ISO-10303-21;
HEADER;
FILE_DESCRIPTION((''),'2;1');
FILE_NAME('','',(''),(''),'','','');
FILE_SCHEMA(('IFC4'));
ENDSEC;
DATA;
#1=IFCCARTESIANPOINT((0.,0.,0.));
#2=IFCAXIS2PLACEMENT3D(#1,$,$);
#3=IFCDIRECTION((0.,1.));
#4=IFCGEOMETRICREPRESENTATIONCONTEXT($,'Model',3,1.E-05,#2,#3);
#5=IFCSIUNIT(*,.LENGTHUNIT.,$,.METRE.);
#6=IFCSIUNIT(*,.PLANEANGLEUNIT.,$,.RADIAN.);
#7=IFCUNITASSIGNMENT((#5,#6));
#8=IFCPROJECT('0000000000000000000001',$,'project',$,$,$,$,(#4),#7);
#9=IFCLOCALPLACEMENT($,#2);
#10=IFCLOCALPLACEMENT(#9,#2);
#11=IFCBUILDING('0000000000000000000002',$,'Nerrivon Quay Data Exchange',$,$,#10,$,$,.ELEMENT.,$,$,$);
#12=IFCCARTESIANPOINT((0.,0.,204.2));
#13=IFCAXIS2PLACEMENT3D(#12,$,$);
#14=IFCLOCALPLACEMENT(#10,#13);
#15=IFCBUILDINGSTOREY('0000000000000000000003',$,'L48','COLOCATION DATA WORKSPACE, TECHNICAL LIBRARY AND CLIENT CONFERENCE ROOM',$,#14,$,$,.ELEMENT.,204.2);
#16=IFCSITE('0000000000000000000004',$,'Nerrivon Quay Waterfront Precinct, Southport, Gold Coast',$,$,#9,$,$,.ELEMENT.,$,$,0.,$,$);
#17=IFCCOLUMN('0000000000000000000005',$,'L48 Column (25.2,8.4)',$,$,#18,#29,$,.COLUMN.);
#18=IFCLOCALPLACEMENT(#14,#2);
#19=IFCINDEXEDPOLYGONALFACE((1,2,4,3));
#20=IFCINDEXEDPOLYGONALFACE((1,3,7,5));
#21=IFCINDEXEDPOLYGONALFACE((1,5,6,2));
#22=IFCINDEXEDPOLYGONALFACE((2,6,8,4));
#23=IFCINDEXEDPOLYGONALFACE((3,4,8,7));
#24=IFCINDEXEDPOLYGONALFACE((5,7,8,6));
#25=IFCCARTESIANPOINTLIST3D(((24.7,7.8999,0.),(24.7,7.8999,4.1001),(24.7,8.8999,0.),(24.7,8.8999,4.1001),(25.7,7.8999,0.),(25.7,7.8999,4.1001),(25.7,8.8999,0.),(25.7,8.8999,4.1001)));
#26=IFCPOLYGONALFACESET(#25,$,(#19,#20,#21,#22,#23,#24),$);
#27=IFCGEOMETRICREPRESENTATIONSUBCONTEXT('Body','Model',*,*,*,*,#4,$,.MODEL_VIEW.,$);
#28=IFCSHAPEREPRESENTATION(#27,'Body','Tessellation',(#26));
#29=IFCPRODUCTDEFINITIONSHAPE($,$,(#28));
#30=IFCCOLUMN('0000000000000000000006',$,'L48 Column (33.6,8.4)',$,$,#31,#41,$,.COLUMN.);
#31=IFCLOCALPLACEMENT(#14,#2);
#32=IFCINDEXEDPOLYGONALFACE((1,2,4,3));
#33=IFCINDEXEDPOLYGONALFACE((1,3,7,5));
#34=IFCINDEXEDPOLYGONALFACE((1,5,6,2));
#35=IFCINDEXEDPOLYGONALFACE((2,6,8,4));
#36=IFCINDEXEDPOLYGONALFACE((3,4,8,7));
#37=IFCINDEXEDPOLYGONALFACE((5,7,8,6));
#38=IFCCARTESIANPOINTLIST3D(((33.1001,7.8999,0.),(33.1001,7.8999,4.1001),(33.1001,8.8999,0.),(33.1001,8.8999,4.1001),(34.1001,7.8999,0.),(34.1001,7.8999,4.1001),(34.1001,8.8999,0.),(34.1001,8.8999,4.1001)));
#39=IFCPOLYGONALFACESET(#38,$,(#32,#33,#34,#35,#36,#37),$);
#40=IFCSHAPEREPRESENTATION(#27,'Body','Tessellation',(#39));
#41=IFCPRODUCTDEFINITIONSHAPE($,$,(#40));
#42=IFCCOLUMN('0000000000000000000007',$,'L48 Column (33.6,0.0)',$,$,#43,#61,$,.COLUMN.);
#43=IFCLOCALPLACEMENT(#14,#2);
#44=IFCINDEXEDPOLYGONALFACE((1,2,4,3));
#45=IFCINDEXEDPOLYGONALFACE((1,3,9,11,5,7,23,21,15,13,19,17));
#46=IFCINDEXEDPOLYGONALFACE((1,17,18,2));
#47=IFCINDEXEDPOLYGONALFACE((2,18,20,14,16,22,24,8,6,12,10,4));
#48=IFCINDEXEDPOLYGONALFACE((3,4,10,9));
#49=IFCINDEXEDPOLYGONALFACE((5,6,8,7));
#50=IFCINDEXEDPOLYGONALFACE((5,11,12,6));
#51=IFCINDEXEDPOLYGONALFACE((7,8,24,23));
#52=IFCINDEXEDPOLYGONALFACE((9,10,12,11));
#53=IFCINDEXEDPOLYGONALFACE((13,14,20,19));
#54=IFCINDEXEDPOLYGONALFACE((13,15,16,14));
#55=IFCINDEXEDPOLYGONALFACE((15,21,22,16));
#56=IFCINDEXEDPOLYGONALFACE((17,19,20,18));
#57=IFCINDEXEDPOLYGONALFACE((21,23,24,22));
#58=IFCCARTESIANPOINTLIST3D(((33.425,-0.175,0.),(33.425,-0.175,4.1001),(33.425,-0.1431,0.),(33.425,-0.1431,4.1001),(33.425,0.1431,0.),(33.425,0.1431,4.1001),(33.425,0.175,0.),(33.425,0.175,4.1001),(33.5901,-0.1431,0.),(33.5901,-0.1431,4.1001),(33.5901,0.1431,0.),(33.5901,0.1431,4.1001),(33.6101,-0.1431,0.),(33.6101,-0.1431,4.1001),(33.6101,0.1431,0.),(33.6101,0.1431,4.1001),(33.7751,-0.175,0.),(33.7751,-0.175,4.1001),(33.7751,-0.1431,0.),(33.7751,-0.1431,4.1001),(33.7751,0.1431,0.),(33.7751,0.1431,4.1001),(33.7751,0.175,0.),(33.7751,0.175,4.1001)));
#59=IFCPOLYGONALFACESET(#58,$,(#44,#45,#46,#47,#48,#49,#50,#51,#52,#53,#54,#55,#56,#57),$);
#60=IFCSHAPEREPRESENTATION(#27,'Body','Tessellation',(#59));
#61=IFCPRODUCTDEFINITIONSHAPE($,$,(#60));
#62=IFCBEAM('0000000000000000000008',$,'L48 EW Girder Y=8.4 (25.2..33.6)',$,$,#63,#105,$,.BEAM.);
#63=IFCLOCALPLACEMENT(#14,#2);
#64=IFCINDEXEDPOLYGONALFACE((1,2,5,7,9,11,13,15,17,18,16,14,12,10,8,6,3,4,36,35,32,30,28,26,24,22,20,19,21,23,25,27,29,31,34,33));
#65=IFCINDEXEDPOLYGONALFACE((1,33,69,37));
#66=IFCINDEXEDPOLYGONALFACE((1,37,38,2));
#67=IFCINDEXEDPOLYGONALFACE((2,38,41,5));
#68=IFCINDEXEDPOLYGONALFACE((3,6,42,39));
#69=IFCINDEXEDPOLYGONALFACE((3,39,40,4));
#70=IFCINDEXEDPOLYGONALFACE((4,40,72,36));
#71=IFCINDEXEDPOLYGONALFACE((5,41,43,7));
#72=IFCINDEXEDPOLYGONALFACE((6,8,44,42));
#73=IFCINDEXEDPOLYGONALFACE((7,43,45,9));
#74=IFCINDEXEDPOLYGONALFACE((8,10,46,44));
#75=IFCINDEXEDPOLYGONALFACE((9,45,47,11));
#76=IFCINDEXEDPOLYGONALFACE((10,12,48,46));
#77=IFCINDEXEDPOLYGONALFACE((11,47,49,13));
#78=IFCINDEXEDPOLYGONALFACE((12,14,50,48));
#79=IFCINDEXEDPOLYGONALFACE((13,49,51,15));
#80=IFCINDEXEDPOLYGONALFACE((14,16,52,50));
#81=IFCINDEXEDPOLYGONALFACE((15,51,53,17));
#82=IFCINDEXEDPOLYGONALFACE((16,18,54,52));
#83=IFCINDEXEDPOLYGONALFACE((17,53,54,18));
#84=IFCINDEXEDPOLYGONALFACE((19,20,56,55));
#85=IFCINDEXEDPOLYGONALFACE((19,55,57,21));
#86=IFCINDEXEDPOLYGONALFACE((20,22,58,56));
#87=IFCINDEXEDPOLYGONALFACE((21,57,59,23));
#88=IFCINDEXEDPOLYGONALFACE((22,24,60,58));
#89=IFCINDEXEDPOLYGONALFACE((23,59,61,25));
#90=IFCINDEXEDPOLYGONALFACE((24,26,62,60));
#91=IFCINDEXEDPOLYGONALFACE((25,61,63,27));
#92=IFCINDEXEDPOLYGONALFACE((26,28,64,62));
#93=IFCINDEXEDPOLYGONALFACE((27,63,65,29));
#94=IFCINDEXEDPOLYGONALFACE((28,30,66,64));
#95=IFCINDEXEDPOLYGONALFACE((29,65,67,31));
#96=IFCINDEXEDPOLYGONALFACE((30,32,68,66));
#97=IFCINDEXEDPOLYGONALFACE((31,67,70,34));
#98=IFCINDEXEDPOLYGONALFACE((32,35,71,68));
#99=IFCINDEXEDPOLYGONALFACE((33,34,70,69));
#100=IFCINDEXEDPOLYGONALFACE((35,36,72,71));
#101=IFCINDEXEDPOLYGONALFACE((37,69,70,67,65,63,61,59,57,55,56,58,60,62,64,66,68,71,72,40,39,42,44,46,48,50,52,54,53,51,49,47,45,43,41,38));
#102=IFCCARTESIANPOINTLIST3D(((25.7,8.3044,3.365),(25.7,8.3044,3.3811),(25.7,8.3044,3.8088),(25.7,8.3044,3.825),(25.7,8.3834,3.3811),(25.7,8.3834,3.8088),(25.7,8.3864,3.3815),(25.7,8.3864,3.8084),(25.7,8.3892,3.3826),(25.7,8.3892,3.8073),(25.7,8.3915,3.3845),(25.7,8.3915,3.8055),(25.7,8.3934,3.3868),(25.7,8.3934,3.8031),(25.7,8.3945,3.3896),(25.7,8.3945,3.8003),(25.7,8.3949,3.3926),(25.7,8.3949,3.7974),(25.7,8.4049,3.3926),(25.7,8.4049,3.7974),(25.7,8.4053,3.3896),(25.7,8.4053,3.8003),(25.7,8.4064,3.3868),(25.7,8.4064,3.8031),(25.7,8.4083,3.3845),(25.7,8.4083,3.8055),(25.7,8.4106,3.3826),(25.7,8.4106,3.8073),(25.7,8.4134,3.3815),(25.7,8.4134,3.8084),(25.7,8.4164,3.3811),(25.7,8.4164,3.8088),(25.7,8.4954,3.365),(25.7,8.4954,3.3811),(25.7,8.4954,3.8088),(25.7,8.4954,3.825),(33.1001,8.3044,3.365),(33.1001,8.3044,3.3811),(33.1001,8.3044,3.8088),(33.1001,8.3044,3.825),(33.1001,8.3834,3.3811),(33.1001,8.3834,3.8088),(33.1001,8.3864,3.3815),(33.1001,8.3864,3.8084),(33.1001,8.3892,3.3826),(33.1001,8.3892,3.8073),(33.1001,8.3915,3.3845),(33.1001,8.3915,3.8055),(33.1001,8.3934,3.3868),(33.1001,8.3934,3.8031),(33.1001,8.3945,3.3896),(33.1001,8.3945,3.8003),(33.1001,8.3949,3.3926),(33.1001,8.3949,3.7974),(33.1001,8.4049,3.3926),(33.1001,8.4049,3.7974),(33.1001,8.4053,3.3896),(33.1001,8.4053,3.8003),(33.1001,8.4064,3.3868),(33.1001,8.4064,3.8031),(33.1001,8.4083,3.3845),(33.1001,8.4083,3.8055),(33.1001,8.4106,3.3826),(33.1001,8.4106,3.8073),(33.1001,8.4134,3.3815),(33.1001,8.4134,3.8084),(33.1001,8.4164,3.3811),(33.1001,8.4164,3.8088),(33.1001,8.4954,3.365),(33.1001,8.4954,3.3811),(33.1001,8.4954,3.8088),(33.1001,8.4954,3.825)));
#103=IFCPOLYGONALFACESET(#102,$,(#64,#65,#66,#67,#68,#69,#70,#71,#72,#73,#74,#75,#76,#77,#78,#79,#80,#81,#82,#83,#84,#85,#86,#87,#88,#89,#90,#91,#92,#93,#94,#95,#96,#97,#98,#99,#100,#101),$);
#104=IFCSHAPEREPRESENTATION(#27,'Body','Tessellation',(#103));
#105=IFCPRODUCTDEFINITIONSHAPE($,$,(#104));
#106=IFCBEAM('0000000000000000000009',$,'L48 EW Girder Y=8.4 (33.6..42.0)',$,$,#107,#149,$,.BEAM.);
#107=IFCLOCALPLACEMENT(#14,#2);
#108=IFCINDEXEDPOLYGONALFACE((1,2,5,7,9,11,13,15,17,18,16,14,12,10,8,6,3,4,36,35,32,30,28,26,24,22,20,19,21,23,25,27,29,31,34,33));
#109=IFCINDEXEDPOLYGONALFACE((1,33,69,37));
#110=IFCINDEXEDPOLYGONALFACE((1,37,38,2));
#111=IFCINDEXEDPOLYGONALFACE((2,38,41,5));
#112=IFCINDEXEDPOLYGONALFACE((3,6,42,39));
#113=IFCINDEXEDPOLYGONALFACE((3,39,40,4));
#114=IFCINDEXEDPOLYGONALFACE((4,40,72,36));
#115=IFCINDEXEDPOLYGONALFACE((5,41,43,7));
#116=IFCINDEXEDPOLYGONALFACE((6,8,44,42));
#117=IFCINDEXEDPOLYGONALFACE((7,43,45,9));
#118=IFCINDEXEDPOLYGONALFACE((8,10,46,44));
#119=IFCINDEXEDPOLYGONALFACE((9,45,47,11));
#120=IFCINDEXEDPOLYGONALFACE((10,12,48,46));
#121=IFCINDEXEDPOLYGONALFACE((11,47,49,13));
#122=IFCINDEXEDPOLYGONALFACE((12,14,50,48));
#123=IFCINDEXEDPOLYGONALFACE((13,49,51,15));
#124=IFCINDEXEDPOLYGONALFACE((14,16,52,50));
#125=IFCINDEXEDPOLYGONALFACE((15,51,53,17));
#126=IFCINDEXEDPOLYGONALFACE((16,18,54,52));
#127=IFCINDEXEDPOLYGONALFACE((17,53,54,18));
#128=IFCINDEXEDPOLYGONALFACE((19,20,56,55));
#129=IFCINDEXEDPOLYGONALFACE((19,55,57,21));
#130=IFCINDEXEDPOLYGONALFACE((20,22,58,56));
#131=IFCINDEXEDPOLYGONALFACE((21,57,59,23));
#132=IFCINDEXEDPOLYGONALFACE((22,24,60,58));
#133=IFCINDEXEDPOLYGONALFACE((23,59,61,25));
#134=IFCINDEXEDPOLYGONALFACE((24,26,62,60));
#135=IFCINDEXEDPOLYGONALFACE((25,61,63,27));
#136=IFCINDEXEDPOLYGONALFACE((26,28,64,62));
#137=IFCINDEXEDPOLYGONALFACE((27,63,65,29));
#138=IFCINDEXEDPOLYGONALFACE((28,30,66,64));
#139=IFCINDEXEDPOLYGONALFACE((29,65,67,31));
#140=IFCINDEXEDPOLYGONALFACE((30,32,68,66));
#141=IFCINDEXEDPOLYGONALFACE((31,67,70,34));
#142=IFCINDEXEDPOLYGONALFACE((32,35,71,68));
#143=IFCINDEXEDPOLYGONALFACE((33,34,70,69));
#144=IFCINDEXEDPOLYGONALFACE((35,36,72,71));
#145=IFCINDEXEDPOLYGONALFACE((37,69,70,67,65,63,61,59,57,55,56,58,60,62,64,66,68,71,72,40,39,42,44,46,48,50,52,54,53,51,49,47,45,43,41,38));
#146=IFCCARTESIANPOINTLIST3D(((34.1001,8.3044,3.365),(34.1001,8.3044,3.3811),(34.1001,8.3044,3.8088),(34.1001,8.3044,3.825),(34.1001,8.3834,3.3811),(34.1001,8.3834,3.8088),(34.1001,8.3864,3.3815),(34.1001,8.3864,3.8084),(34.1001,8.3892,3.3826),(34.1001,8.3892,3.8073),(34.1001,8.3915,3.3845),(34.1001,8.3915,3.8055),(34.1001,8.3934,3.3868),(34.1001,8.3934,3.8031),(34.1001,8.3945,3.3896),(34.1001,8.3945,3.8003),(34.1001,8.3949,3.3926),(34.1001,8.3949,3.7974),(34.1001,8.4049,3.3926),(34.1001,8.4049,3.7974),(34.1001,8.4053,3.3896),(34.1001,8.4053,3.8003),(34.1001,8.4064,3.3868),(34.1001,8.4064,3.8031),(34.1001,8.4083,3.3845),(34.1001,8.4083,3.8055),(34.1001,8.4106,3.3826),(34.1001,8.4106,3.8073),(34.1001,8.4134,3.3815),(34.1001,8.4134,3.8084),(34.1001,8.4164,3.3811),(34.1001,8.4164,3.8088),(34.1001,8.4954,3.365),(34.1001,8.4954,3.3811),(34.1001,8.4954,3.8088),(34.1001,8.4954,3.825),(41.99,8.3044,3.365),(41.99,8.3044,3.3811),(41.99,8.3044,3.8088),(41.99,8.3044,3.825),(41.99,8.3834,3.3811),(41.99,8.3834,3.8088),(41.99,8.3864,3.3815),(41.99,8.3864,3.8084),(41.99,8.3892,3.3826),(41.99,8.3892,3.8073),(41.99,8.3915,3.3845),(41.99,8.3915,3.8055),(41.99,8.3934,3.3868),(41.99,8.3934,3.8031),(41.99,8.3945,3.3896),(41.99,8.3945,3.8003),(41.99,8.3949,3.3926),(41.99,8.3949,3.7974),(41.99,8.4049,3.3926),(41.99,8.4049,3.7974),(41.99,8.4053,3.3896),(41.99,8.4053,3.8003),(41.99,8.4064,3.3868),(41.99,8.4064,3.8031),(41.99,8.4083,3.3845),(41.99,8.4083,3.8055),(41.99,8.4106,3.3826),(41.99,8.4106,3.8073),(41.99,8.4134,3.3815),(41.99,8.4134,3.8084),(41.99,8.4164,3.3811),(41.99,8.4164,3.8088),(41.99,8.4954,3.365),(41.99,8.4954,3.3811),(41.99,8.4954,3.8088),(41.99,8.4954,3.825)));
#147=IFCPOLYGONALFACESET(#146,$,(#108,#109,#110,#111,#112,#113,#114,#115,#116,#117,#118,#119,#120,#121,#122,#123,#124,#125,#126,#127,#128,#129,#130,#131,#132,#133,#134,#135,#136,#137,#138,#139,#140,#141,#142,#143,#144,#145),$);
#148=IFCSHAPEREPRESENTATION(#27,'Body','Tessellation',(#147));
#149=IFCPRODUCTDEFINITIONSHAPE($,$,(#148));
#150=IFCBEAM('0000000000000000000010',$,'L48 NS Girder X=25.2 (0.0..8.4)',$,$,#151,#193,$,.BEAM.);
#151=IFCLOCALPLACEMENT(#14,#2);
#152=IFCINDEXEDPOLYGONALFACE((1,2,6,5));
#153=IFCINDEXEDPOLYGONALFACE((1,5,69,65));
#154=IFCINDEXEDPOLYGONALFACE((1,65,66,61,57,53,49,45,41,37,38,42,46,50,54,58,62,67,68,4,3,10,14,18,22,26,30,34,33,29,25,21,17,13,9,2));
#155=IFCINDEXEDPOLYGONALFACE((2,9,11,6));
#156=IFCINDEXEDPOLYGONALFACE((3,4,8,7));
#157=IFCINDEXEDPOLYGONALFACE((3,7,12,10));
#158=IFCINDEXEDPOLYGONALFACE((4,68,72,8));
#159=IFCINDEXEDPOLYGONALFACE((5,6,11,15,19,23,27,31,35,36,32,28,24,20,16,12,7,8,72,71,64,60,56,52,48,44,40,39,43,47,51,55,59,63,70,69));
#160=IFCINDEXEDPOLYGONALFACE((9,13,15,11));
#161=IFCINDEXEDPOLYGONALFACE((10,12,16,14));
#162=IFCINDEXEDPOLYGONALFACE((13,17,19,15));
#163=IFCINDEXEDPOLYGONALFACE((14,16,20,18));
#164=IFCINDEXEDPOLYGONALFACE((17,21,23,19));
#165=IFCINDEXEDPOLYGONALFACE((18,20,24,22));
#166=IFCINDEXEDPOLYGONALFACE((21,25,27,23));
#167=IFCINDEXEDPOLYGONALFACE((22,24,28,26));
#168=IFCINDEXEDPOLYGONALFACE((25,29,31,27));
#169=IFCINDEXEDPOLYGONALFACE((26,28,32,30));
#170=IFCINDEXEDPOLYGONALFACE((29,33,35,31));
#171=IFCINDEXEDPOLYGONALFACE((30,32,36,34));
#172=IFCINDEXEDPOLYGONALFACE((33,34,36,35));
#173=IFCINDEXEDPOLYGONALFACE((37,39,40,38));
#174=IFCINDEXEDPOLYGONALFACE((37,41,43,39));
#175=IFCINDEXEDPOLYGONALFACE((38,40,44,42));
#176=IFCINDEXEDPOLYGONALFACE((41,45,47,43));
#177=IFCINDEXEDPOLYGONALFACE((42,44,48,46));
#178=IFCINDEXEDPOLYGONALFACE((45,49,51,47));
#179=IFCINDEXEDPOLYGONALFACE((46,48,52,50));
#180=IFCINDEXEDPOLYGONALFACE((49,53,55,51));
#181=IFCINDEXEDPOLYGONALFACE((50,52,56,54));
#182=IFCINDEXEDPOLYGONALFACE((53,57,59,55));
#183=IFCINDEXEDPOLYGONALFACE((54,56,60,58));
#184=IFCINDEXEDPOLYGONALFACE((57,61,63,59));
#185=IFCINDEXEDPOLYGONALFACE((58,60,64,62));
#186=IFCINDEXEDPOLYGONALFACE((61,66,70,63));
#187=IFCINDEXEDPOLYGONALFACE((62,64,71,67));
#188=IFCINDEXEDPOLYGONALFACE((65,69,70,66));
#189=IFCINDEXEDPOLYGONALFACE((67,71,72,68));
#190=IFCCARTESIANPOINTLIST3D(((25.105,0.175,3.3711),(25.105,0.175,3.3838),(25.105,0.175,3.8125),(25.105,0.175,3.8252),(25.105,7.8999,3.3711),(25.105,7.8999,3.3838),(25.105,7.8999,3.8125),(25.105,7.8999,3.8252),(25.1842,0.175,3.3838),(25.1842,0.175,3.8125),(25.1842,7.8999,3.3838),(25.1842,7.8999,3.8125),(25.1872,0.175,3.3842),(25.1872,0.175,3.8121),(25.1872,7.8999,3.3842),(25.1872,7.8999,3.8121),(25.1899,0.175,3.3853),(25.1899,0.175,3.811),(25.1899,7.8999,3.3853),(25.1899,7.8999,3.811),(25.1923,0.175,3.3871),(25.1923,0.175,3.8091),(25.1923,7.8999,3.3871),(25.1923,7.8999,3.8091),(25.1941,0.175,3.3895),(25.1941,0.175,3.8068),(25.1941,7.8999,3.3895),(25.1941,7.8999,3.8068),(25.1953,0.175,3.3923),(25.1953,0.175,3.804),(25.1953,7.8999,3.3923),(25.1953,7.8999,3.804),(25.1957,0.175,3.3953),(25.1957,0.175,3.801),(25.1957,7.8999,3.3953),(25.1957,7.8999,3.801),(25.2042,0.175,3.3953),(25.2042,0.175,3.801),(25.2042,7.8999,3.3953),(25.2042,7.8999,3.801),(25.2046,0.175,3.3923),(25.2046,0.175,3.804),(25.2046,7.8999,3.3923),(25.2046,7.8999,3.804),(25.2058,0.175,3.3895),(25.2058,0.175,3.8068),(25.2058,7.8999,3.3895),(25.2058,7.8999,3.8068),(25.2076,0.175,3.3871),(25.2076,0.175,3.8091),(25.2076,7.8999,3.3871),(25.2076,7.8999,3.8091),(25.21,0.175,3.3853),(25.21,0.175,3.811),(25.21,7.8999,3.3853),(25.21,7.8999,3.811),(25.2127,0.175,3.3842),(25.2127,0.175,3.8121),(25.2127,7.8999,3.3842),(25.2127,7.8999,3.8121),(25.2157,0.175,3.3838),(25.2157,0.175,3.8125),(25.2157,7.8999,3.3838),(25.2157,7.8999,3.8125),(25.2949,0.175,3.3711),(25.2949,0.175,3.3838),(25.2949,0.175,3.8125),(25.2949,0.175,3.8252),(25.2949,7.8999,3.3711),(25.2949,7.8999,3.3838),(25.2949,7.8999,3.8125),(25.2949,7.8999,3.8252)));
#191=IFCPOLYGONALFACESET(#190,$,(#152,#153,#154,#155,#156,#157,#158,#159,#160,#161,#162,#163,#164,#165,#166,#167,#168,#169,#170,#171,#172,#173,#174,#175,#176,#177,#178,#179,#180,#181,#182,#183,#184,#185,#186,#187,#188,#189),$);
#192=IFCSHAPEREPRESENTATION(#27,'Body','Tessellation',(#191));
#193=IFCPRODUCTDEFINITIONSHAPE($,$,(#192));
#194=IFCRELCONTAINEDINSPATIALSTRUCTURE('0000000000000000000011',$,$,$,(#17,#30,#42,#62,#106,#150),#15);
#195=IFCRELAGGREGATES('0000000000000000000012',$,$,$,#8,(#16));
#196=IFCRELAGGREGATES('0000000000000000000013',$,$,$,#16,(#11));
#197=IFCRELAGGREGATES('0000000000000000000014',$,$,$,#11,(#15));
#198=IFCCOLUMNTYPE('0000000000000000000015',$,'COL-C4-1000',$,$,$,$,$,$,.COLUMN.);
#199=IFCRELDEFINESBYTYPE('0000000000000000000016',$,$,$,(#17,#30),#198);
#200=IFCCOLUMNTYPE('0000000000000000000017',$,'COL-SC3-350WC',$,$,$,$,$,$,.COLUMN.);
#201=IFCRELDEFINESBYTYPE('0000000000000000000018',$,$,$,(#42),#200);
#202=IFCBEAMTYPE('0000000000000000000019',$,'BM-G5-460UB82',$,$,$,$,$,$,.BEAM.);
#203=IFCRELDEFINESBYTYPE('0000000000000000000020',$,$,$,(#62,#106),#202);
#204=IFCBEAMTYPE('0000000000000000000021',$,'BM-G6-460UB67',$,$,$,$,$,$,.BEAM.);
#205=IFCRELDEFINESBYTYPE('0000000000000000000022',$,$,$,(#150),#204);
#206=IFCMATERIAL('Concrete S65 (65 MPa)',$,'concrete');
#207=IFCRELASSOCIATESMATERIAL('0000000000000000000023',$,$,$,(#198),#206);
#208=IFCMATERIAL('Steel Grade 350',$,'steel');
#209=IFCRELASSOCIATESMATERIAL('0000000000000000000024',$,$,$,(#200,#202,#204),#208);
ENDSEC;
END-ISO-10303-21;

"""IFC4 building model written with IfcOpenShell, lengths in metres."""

from ifc_helpers import new_model, si_unit, direction, frame, origin, origin_2d, place, context, subcontext, project, spatial, rectangle, i_section, extrude, material, material_profile, profile_set, type_object, element, save


model = new_model("IFC4")

# Units and contexts
model_context = context("Model", 3, precision=1e-05, world=origin(), true_north=direction((0.0, 1.0)))
body_context = subcontext(model_context, "Body", "Model", "MODEL_VIEW")
ifc_project = project(units=[si_unit("LENGTHUNIT", "METRE"), si_unit("PLANEANGLEUNIT", "RADIAN")], contexts=[model_context])

# Site, building, storey
site_placement = place(None, origin())
site = spatial("IfcSite", under=ifc_project, at=site_placement, Name="Nerrivon Quay Waterfront Precinct, Southport, Gold Coast", CompositionType="ELEMENT", RefElevation=0.0)
building_placement = place(site_placement, origin())
building = spatial("IfcBuilding", under=site, at=building_placement, Name="Nerrivon Quay Data Exchange", CompositionType="ELEMENT")
storey_placement = place(building_placement, frame((0.0, 0.0, 204.2)))
storey = spatial("IfcBuildingStorey", under=building, at=storey_placement, Name="L48", Description="COLOCATION DATA WORKSPACE, TECHNICAL LIBRARY AND CLIENT CONFERENCE ROOM", CompositionType="ELEMENT", Elevation=204.2)

# Columns
ifc_material_1 = material(Name="Concrete S65 (65 MPa)", Category="concrete")
ifc_material_profile_1 = material_profile(ifc_material_1, rectangle(XDim=1.0, YDim=1.0, at=origin_2d()), Name="RC-COL-1000x1000")
ifc_profile_set_1 = profile_set([ifc_material_profile_1], Name="Concrete S65 (65 MPa)")
column_type_1 = type_object("IfcColumnType", Name="COL-C4-1000", PredefinedType="COLUMN", material=ifc_profile_set_1)
for number, where, z_axis, x_axis, name in (
    (1, (25.2, 8.3999, 0.0), (0.0, 0.0, 1.0), (1.0, 0.0, 0.0), "L48 Column (25.2,8.4)"),
    (2, (33.6001, 8.3999, 0.0), (0.0, 0.0, 1.0), (1.0, 0.0, 0.0), "L48 Column (33.6,8.4)"),
):
    element("IfcColumn", number, at=place(storey_placement, frame(where, z_axis=z_axis, x_axis=x_axis)), inside=storey, type_object=column_type_1, Name=name, PredefinedType="COLUMN", context=body_context, shape_type="SweptSolid", body=[
        extrude(rectangle(XDim=1.0, YDim=1.0, at=origin_2d()), origin(), (0.0, 0.0, 1.0), 4.1001),
    ])
ifc_material_2 = material(Name="Steel Grade 350", Category="steel")
ifc_material_profile_2 = material_profile(ifc_material_2, i_section(OverallWidth=0.3501, OverallDepth=0.3501, WebThickness=0.02, FlangeThickness=0.032, at=origin_2d()), Name="350WC230")
ifc_profile_set_2 = profile_set([ifc_material_profile_2], Name="Steel Grade 350")
column_type_2 = type_object("IfcColumnType", Name="COL-SC3-350WC", PredefinedType="COLUMN", material=ifc_profile_set_2)
column_placement = place(storey_placement, frame((33.6001, 0.0, 0.0), z_axis=(0.0, 0.0, 1.0), x_axis=(1.0, 0.0, 0.0)))
element("IfcColumn", 3, at=column_placement, inside=storey, type_object=column_type_2, Name="L48 Column (33.6,0.0)", PredefinedType="COLUMN", context=body_context, shape_type="SweptSolid", body=[
    extrude(i_section(OverallWidth=0.3501, OverallDepth=0.3501, WebThickness=0.02, FlangeThickness=0.032, at=origin_2d()), origin(), (0.0, 0.0, 1.0), 4.1001),
])

# Beams
ifc_material_profile_3 = material_profile(ifc_material_2, i_section(OverallWidth=0.1909, OverallDepth=0.46, WebThickness=0.01, FlangeThickness=0.0161, FilletRadius=0.0115, at=origin_2d()), Name="460UB82.1")
ifc_profile_set_3 = profile_set([ifc_material_profile_3], Name="Steel Grade 350")
beam_type_1 = type_object("IfcBeamType", Name="BM-G5-460UB82", PredefinedType="BEAM", material=ifc_profile_set_3)
beam_1_placement = place(storey_placement, frame((25.7, 8.3999, 3.595), z_axis=(1.0, 0.0, 0.0), x_axis=(0.0, 1.0, 0.0)))
element("IfcBeam", 4, at=beam_1_placement, inside=storey, type_object=beam_type_1, Name="L48 EW Girder Y=8.4 (25.2..33.6)", PredefinedType="BEAM", context=body_context, shape_type="SweptSolid", body=[
    extrude(i_section(OverallWidth=0.1909, OverallDepth=0.46, WebThickness=0.01, FlangeThickness=0.0161, FilletRadius=0.0115, at=origin_2d()), origin(), (0.0, 0.0, 1.0), 7.4001),
])
beam_2_placement = place(storey_placement, frame((34.1001, 8.3999, 3.595), z_axis=(1.0, 0.0, 0.0), x_axis=(0.0, 1.0, 0.0)))
element("IfcBeam", 5, at=beam_2_placement, inside=storey, type_object=beam_type_1, Name="L48 EW Girder Y=8.4 (33.6..42.0)", PredefinedType="BEAM", context=body_context, shape_type="SweptSolid", body=[
    extrude(i_section(OverallWidth=0.1909, OverallDepth=0.46, WebThickness=0.01, FlangeThickness=0.0161, FilletRadius=0.0115, at=origin_2d()), origin(), (0.0, 0.0, 1.0), 7.8899),
])
ifc_material_profile_4 = material_profile(ifc_material_2, i_section(OverallWidth=0.1899, OverallDepth=0.4541, WebThickness=0.0085, FlangeThickness=0.0127, FilletRadius=0.0115, at=origin_2d()), Name="460UB67.1")
ifc_profile_set_4 = profile_set([ifc_material_profile_4], Name="Steel Grade 350")
beam_type_2 = type_object("IfcBeamType", Name="BM-G6-460UB67", PredefinedType="BEAM", material=ifc_profile_set_4)
for number, where, z_axis, x_axis, name in (
    (6, (25.2, 0.175, 3.5981), (0.0, 1.0, 0.0), (-1.0, 0.0, 0.0), "L48 NS Girder X=25.2 (0.0..8.4)"),
):
    element("IfcBeam", number, at=place(storey_placement, frame(where, z_axis=z_axis, x_axis=x_axis)), inside=storey, type_object=beam_type_2, Name=name, PredefinedType="BEAM", context=body_context, shape_type="SweptSolid", body=[
        extrude(i_section(OverallWidth=0.1899, OverallDepth=0.4541, WebThickness=0.0085, FlangeThickness=0.0127, FilletRadius=0.0115, at=origin_2d()), origin(), (0.0, 0.0, 1.0), 7.7249),
    ])

save(model, "model.ifc")
